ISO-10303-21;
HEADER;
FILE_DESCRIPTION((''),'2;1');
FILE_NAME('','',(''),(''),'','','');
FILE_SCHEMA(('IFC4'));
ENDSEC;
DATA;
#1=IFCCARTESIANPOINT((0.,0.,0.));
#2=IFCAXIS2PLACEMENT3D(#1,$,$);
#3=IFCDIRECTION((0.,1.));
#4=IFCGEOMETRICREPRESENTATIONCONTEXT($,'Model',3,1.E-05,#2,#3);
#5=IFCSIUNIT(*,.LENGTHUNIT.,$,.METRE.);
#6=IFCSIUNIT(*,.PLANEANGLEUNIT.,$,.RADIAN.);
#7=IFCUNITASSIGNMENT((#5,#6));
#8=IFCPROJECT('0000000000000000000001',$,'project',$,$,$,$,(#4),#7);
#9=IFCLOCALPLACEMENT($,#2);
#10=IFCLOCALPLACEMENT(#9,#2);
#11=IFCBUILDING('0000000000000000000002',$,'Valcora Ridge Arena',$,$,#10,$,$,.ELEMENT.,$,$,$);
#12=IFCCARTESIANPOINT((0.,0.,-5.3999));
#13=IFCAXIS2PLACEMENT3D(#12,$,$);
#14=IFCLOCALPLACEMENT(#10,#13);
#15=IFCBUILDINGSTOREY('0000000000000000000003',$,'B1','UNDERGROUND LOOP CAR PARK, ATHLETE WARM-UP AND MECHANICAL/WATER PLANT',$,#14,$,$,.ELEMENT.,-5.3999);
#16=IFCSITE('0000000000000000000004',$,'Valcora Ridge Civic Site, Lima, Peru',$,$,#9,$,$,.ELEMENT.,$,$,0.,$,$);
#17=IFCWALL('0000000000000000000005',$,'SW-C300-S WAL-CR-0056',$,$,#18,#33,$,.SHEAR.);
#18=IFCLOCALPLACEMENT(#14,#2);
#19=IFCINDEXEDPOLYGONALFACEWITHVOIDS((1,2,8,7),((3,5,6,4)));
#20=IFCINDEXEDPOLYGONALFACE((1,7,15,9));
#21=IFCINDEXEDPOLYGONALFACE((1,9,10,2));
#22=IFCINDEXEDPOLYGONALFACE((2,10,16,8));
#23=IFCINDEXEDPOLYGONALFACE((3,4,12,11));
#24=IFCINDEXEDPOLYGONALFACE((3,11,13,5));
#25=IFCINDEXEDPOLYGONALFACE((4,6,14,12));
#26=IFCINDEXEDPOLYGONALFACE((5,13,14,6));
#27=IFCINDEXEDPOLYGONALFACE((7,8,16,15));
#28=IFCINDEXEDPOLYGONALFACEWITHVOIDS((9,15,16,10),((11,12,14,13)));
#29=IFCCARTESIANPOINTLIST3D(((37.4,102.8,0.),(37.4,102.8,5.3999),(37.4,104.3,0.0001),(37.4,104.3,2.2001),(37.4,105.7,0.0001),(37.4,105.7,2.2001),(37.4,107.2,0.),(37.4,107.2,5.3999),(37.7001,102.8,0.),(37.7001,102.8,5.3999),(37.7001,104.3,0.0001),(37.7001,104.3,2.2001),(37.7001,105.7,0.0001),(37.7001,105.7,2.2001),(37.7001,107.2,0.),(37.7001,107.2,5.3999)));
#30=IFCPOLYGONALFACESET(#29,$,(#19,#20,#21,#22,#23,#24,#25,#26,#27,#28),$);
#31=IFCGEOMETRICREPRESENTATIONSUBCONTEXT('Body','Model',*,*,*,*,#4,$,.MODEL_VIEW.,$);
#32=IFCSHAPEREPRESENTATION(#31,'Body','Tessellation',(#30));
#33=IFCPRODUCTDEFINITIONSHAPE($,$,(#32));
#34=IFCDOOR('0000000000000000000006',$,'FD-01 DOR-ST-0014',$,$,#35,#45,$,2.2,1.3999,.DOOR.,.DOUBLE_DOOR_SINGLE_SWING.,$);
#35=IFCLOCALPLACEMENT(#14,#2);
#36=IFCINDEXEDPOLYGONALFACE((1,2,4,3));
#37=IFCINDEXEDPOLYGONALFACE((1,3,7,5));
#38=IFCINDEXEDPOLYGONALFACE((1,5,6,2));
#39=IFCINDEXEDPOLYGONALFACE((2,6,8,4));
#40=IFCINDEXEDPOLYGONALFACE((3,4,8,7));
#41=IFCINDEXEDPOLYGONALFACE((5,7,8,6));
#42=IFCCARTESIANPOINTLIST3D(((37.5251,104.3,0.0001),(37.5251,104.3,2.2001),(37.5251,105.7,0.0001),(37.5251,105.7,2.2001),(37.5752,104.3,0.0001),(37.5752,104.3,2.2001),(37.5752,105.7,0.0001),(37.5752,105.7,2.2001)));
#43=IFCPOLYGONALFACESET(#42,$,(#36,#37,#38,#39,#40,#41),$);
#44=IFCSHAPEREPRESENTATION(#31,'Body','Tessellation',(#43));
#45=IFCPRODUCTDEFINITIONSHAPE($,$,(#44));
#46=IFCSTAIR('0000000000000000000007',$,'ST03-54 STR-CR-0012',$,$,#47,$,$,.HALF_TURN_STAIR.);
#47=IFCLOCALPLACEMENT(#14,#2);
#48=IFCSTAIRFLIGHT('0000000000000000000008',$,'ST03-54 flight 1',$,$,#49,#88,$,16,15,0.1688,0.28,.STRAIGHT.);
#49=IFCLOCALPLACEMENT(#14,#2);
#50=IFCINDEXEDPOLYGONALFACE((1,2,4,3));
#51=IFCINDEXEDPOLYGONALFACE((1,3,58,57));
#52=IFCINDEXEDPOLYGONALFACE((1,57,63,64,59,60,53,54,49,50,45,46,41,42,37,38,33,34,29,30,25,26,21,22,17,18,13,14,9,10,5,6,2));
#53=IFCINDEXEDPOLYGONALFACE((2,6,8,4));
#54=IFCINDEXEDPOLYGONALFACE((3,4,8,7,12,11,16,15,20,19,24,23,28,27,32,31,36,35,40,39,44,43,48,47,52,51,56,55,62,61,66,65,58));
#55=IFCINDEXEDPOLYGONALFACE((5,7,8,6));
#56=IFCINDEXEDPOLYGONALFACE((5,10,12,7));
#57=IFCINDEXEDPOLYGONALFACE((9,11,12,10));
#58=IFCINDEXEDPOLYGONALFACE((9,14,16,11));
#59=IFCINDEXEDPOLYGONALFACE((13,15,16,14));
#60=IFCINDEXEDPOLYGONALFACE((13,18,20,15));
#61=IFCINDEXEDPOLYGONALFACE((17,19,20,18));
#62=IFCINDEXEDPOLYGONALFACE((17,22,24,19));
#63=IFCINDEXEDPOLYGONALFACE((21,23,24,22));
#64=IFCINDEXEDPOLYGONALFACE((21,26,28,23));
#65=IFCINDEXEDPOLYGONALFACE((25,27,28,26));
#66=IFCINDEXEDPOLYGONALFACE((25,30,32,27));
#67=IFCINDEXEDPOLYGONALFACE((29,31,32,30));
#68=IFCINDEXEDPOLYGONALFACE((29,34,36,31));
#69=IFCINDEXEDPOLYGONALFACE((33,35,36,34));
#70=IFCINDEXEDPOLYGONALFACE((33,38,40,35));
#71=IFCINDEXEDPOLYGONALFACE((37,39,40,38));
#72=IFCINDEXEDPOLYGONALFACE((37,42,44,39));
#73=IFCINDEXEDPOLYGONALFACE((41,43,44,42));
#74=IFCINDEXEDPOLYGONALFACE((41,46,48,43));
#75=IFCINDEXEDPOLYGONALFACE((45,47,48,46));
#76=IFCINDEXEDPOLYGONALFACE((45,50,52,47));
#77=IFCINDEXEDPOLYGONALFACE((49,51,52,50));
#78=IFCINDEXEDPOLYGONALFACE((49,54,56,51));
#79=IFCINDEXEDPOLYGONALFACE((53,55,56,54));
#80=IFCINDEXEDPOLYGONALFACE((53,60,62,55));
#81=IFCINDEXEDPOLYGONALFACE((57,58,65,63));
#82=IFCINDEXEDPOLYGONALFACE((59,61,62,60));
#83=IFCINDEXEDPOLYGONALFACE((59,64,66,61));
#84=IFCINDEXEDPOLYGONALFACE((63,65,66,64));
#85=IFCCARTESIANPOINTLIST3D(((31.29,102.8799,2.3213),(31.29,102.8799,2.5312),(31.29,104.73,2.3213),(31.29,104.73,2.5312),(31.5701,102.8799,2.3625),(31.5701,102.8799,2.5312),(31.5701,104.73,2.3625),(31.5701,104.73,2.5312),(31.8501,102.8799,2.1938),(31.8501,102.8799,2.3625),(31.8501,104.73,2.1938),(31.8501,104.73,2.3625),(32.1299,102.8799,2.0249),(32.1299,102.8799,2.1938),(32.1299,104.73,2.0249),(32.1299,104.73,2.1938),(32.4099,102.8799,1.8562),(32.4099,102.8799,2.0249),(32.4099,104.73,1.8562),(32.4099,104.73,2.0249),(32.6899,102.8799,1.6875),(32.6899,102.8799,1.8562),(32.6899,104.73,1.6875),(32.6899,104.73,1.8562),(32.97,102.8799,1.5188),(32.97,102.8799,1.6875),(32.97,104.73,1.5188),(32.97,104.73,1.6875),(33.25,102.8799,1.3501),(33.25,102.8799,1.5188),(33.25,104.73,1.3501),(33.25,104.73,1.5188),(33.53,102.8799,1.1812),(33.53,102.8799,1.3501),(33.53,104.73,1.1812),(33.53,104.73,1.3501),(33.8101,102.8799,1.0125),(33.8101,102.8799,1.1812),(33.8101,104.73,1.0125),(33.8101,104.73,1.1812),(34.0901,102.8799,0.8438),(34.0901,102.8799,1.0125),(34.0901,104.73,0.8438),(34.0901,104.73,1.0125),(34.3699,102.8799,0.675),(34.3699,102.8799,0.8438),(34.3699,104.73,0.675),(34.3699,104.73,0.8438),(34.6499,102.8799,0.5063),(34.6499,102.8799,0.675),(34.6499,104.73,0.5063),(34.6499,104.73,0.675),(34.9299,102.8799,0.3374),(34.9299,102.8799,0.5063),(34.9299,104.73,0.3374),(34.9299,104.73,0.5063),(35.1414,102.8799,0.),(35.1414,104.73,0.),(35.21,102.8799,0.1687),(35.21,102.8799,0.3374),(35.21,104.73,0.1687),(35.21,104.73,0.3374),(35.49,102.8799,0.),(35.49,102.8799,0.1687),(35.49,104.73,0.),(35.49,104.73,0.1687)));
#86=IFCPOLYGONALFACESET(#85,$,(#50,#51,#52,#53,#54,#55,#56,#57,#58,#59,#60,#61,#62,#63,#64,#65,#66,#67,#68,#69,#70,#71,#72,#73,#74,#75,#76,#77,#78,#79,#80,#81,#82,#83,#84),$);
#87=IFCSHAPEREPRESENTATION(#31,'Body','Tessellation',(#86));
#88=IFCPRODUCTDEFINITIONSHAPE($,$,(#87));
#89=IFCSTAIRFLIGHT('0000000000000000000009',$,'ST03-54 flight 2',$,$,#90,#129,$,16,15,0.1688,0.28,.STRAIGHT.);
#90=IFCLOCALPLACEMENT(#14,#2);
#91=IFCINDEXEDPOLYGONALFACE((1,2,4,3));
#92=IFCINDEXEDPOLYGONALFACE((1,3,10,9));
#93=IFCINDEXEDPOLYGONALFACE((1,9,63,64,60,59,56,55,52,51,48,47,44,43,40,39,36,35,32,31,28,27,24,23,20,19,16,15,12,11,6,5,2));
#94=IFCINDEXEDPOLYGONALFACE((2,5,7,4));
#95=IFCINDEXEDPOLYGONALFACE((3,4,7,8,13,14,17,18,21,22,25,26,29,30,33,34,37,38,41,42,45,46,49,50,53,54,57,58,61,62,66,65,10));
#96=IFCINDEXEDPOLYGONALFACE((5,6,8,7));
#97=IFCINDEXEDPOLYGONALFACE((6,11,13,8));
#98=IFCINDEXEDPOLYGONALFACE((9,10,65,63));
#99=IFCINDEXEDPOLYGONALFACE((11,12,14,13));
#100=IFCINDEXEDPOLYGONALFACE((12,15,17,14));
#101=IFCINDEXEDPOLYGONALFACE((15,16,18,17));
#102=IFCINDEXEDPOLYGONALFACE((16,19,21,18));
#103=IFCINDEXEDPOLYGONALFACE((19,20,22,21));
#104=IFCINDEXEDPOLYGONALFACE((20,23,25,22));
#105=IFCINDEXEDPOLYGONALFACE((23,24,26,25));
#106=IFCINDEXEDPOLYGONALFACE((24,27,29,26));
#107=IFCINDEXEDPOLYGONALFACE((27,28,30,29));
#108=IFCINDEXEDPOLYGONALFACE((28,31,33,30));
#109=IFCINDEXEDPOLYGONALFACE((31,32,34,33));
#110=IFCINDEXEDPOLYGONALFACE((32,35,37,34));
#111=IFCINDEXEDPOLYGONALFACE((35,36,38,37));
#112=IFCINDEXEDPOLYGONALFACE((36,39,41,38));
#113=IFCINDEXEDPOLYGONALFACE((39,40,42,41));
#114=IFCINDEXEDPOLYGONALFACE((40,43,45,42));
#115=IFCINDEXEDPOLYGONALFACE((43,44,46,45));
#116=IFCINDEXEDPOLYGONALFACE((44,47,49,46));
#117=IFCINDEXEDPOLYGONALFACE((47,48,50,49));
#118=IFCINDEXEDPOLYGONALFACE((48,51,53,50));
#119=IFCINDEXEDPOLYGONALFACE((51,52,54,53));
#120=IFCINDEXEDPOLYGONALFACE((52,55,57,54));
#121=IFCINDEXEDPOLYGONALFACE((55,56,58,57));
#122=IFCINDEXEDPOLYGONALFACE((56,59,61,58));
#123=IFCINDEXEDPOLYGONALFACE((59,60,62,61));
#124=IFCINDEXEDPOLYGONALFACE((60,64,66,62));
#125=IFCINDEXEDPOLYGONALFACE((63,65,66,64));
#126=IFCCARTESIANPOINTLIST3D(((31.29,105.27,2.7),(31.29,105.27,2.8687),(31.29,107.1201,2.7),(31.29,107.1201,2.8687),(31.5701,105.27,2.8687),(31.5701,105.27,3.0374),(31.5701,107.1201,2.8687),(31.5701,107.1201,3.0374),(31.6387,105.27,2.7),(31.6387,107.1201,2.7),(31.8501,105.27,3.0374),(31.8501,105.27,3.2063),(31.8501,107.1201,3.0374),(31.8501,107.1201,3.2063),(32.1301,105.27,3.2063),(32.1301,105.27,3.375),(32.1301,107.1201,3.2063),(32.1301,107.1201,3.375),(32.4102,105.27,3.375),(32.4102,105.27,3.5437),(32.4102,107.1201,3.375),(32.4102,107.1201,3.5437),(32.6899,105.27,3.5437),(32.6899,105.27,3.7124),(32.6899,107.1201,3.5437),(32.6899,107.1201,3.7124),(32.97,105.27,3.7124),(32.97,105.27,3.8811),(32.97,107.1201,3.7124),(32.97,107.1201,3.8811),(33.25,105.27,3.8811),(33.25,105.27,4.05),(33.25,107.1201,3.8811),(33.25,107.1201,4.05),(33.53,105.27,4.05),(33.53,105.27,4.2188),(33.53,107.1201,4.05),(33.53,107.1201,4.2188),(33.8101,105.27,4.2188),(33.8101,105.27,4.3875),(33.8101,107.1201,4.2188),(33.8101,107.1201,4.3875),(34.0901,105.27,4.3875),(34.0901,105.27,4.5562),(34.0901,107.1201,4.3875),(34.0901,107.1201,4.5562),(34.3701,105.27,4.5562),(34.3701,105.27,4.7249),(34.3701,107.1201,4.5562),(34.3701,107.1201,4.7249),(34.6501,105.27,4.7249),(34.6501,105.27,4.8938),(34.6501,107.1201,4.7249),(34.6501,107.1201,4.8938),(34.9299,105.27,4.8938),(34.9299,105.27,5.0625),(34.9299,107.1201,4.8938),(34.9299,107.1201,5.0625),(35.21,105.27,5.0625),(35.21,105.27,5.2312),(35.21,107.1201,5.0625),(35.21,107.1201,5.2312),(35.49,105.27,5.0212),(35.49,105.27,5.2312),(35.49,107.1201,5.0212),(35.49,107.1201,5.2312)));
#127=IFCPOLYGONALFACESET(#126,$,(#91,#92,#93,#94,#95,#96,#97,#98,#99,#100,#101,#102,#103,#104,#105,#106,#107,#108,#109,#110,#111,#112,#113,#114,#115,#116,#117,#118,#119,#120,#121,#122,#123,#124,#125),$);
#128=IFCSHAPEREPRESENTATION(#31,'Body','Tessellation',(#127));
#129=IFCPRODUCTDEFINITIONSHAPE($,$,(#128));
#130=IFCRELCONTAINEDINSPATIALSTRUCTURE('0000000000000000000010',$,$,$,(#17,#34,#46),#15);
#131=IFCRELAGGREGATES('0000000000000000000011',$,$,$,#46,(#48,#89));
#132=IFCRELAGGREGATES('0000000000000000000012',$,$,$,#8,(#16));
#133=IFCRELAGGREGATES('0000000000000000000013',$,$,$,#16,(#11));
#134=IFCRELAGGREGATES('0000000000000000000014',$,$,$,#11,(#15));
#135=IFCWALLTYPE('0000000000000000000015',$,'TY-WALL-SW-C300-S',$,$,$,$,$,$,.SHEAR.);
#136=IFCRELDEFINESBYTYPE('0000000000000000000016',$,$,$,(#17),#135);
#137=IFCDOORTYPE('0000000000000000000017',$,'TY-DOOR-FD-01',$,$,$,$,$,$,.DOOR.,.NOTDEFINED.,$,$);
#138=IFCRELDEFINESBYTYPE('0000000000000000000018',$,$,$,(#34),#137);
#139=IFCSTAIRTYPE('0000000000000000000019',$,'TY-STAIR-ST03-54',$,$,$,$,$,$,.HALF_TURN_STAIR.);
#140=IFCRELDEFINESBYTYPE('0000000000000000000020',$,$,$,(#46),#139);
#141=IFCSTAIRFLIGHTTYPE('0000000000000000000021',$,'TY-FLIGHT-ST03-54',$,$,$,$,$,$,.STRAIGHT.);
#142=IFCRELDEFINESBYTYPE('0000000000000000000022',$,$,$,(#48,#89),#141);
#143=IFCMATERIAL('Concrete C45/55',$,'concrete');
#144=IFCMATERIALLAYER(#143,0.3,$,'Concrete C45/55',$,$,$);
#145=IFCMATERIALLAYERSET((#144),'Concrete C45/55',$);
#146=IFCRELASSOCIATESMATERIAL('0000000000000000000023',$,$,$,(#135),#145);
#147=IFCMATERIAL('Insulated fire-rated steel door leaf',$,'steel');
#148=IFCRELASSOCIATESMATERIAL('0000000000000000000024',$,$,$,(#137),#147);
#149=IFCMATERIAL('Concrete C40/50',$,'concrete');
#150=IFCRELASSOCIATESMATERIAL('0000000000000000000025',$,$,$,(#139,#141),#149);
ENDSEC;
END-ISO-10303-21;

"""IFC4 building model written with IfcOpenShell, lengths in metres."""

from ifc_helpers import new_model, si_unit, direction, frame, frame_2d, origin, place, context, subcontext, project, spatial, polyline, rectangle, outline, extrude, material, layer, layer_set, type_object, element, fill, aggregate, save


model = new_model("IFC4")

# Units and contexts
model_context = context("Model", 3, precision=1e-05, world=origin(), true_north=direction((0.0, 1.0)))
body_context = subcontext(model_context, "Body", "Model", "MODEL_VIEW")
ifc_project = project(units=[si_unit("LENGTHUNIT", "METRE"), si_unit("PLANEANGLEUNIT", "RADIAN")], contexts=[model_context])

# Site, building, storey
site_placement = place(None, origin())
site = spatial("IfcSite", under=ifc_project, at=site_placement, Name="Valcora Ridge Civic Site, Lima, Peru", CompositionType="ELEMENT", RefElevation=0.0)
building_placement = place(site_placement, origin())
building = spatial("IfcBuilding", under=site, at=building_placement, Name="Valcora Ridge Arena", CompositionType="ELEMENT")
storey_placement = place(building_placement, frame((0.0, 0.0, -5.3999)))
storey = spatial("IfcBuildingStorey", under=building, at=storey_placement, Name="B1", Description="UNDERGROUND LOOP CAR PARK, ATHLETE WARM-UP AND MECHANICAL/WATER PLANT", CompositionType="ELEMENT", Elevation=-5.3999)

# Shared definitions
ifc_material_1 = material(Name="Concrete C40/50", Category="concrete")

# Wall, opening, door
ifc_material_2 = material(Name="Concrete C45/55", Category="concrete")
ifc_layer_1 = layer(ifc_material_2, 0.3, Name="Concrete C45/55")
ifc_layer_set_1 = layer_set([ifc_layer_1], Name="Concrete C45/55")
wall_type_1 = type_object("IfcWallType", Name="TY-WALL-SW-C300-S", PredefinedType="SHEAR", material=ifc_layer_set_1)
wall_1_placement = place(storey_placement, frame((37.55, 102.8, 0.0), z_axis=(0.0, 0.0, 1.0), x_axis=(0.0, 1.0, 0.0)))
wall_1 = element("IfcWall", 1, at=wall_1_placement, inside=storey, type_object=wall_type_1, Name="SW-C300-S WAL-CR-0056", PredefinedType="SHEAR", context=body_context, shape_type="SweptSolid", body=[
    extrude(rectangle(XDim=4.3999, YDim=0.3, at=frame_2d((2.2, 0.0))), origin(), (0.0, 0.0, 1.0), 5.3999),
])
opening_1_placement = place(wall_1_placement, frame((1.5, 0.0, 0.0)))
opening_1 = element("IfcOpeningElement", 2, at=opening_1_placement, cuts=wall_1, PredefinedType="OPENING", context=body_context, shape_type="SweptSolid", body=[
    extrude(rectangle(XDim=1.3999, YDim=2.2, at=frame_2d((0.7, 1.1001))), frame((0.0, 0.1599, 0.0), z_axis=(0.0, -1.0, 0.0), x_axis=(1.0, 0.0, 0.0)), (0.0, 0.0, 1.0), 0.3201),
])
ifc_material_3 = material(Name="Insulated fire-rated steel door leaf", Category="steel")
door_type_1 = type_object("IfcDoorType", Name="TY-DOOR-FD-01", OperationType="NOTDEFINED", PredefinedType="DOOR", material=ifc_material_3)
door_1_placement = place(opening_1_placement, origin())
door_1 = element("IfcDoor", 3, at=door_1_placement, inside=storey, type_object=door_type_1, Name="FD-01 DOR-ST-0014", OperationType="DOUBLE_DOOR_SINGLE_SWING", OverallHeight=2.2, OverallWidth=1.3999, PredefinedType="DOOR", context=body_context, shape_type="SweptSolid", body=[
    extrude(rectangle(XDim=1.3999, YDim=2.2, at=frame_2d((0.7, 1.1001))), frame((0.0, 0.0249, 0.0), z_axis=(0.0, -1.0, 0.0), x_axis=(1.0, 0.0, 0.0)), (0.0, 0.0, 1.0), 0.05),
])
fill(opening_1, door_1)

# Stair, stair flights
stair_type = type_object("IfcStairType", Name="TY-STAIR-ST03-54", PredefinedType="HALF_TURN_STAIR", material=ifc_material_1)
stair_placement = place(storey_placement, origin())
stair = element("IfcStair", 4, at=stair_placement, inside=storey, type_object=stair_type, Name="ST03-54 STR-CR-0012", PredefinedType="HALF_TURN_STAIR")
stair_flight_type = type_object("IfcStairFlightType", Name="TY-FLIGHT-ST03-54", PredefinedType="STRAIGHT", material=ifc_material_1)
stair_flight_1_placement = place(storey_placement, frame((35.49, 103.8049, 0.0), z_axis=(0.0, 0.0, 1.0), x_axis=(-1.0, 0.0, 0.0)))
stair_flight_1 = element("IfcStairFlight", 5, at=stair_flight_1_placement, type_object=stair_flight_type, Name="ST03-54 flight 1", NumberOfRisers=16, NumberOfTreads=15, PredefinedType="STRAIGHT", RiserHeight=0.1688, TreadLength=0.28, context=body_context, shape_type="SweptSolid", body=[
    extrude(outline(polyline([(0.0, 0.0), (0.0, 0.1687), (0.28, 0.1687), (0.28, 0.3374), (0.5601, 0.3374), (0.5601, 0.5063), (0.8401, 0.5063), (0.8401, 0.675), (1.1201, 0.675), (1.1201, 0.8438), (1.3999, 0.8438), (1.3999, 1.0125), (1.6799, 1.0125), (1.6799, 1.1812), (1.96, 1.1812), (1.96, 1.3501), (2.24, 1.3501), (2.24, 1.5188), (2.52, 1.5188), (2.52, 1.6875), (2.8, 1.6875), (2.8, 1.8562), (3.0801, 1.8562), (3.0801, 2.0249), (3.3601, 2.0249), (3.3601, 2.1938), (3.6399, 2.1938), (3.6399, 2.3625), (3.9199, 2.3625), (3.9199, 2.5312), (4.2, 2.5312), (4.2, 2.7), (4.2, 2.3213), (0.3486, 0.0), (0.0, 0.0)])), frame((0.0, 0.925, 0.0), z_axis=(0.0, -1.0, 0.0), x_axis=(1.0, 0.0, 0.0)), (0.0, 0.0, 1.0), 1.8501),
])
stair_flight_2_placement = place(storey_placement, frame((31.29, 106.1951, 2.7), z_axis=(0.0, 0.0, 1.0), x_axis=(1.0, 0.0, 0.0)))
stair_flight_2 = element("IfcStairFlight", 6, at=stair_flight_2_placement, type_object=stair_flight_type, Name="ST03-54 flight 2", NumberOfRisers=16, NumberOfTreads=15, PredefinedType="STRAIGHT", RiserHeight=0.1688, TreadLength=0.28, context=body_context, shape_type="SweptSolid", body=[
    extrude(outline(polyline([(0.0, 0.0), (0.0, 0.1687), (0.28, 0.1687), (0.28, 0.3374), (0.5601, 0.3374), (0.5601, 0.5063), (0.8401, 0.5063), (0.8401, 0.675), (1.1201, 0.675), (1.1201, 0.8438), (1.3999, 0.8438), (1.3999, 1.0125), (1.6799, 1.0125), (1.6799, 1.1812), (1.96, 1.1812), (1.96, 1.3501), (2.24, 1.3501), (2.24, 1.5188), (2.52, 1.5188), (2.52, 1.6875), (2.8, 1.6875), (2.8, 1.8562), (3.0801, 1.8562), (3.0801, 2.0249), (3.3601, 2.0249), (3.3601, 2.1938), (3.6399, 2.1938), (3.6399, 2.3625), (3.9199, 2.3625), (3.9199, 2.5312), (4.2, 2.5312), (4.2, 2.7), (4.2, 2.3213), (0.3486, 0.0), (0.0, 0.0)])), frame((0.0, 0.925, 0.0), z_axis=(0.0, -1.0, 0.0), x_axis=(1.0, 0.0, 0.0)), (0.0, 0.0, 1.0), 1.8501),
])
aggregate(stair, [stair_flight_1, stair_flight_2])

save(model, "model.ifc")
